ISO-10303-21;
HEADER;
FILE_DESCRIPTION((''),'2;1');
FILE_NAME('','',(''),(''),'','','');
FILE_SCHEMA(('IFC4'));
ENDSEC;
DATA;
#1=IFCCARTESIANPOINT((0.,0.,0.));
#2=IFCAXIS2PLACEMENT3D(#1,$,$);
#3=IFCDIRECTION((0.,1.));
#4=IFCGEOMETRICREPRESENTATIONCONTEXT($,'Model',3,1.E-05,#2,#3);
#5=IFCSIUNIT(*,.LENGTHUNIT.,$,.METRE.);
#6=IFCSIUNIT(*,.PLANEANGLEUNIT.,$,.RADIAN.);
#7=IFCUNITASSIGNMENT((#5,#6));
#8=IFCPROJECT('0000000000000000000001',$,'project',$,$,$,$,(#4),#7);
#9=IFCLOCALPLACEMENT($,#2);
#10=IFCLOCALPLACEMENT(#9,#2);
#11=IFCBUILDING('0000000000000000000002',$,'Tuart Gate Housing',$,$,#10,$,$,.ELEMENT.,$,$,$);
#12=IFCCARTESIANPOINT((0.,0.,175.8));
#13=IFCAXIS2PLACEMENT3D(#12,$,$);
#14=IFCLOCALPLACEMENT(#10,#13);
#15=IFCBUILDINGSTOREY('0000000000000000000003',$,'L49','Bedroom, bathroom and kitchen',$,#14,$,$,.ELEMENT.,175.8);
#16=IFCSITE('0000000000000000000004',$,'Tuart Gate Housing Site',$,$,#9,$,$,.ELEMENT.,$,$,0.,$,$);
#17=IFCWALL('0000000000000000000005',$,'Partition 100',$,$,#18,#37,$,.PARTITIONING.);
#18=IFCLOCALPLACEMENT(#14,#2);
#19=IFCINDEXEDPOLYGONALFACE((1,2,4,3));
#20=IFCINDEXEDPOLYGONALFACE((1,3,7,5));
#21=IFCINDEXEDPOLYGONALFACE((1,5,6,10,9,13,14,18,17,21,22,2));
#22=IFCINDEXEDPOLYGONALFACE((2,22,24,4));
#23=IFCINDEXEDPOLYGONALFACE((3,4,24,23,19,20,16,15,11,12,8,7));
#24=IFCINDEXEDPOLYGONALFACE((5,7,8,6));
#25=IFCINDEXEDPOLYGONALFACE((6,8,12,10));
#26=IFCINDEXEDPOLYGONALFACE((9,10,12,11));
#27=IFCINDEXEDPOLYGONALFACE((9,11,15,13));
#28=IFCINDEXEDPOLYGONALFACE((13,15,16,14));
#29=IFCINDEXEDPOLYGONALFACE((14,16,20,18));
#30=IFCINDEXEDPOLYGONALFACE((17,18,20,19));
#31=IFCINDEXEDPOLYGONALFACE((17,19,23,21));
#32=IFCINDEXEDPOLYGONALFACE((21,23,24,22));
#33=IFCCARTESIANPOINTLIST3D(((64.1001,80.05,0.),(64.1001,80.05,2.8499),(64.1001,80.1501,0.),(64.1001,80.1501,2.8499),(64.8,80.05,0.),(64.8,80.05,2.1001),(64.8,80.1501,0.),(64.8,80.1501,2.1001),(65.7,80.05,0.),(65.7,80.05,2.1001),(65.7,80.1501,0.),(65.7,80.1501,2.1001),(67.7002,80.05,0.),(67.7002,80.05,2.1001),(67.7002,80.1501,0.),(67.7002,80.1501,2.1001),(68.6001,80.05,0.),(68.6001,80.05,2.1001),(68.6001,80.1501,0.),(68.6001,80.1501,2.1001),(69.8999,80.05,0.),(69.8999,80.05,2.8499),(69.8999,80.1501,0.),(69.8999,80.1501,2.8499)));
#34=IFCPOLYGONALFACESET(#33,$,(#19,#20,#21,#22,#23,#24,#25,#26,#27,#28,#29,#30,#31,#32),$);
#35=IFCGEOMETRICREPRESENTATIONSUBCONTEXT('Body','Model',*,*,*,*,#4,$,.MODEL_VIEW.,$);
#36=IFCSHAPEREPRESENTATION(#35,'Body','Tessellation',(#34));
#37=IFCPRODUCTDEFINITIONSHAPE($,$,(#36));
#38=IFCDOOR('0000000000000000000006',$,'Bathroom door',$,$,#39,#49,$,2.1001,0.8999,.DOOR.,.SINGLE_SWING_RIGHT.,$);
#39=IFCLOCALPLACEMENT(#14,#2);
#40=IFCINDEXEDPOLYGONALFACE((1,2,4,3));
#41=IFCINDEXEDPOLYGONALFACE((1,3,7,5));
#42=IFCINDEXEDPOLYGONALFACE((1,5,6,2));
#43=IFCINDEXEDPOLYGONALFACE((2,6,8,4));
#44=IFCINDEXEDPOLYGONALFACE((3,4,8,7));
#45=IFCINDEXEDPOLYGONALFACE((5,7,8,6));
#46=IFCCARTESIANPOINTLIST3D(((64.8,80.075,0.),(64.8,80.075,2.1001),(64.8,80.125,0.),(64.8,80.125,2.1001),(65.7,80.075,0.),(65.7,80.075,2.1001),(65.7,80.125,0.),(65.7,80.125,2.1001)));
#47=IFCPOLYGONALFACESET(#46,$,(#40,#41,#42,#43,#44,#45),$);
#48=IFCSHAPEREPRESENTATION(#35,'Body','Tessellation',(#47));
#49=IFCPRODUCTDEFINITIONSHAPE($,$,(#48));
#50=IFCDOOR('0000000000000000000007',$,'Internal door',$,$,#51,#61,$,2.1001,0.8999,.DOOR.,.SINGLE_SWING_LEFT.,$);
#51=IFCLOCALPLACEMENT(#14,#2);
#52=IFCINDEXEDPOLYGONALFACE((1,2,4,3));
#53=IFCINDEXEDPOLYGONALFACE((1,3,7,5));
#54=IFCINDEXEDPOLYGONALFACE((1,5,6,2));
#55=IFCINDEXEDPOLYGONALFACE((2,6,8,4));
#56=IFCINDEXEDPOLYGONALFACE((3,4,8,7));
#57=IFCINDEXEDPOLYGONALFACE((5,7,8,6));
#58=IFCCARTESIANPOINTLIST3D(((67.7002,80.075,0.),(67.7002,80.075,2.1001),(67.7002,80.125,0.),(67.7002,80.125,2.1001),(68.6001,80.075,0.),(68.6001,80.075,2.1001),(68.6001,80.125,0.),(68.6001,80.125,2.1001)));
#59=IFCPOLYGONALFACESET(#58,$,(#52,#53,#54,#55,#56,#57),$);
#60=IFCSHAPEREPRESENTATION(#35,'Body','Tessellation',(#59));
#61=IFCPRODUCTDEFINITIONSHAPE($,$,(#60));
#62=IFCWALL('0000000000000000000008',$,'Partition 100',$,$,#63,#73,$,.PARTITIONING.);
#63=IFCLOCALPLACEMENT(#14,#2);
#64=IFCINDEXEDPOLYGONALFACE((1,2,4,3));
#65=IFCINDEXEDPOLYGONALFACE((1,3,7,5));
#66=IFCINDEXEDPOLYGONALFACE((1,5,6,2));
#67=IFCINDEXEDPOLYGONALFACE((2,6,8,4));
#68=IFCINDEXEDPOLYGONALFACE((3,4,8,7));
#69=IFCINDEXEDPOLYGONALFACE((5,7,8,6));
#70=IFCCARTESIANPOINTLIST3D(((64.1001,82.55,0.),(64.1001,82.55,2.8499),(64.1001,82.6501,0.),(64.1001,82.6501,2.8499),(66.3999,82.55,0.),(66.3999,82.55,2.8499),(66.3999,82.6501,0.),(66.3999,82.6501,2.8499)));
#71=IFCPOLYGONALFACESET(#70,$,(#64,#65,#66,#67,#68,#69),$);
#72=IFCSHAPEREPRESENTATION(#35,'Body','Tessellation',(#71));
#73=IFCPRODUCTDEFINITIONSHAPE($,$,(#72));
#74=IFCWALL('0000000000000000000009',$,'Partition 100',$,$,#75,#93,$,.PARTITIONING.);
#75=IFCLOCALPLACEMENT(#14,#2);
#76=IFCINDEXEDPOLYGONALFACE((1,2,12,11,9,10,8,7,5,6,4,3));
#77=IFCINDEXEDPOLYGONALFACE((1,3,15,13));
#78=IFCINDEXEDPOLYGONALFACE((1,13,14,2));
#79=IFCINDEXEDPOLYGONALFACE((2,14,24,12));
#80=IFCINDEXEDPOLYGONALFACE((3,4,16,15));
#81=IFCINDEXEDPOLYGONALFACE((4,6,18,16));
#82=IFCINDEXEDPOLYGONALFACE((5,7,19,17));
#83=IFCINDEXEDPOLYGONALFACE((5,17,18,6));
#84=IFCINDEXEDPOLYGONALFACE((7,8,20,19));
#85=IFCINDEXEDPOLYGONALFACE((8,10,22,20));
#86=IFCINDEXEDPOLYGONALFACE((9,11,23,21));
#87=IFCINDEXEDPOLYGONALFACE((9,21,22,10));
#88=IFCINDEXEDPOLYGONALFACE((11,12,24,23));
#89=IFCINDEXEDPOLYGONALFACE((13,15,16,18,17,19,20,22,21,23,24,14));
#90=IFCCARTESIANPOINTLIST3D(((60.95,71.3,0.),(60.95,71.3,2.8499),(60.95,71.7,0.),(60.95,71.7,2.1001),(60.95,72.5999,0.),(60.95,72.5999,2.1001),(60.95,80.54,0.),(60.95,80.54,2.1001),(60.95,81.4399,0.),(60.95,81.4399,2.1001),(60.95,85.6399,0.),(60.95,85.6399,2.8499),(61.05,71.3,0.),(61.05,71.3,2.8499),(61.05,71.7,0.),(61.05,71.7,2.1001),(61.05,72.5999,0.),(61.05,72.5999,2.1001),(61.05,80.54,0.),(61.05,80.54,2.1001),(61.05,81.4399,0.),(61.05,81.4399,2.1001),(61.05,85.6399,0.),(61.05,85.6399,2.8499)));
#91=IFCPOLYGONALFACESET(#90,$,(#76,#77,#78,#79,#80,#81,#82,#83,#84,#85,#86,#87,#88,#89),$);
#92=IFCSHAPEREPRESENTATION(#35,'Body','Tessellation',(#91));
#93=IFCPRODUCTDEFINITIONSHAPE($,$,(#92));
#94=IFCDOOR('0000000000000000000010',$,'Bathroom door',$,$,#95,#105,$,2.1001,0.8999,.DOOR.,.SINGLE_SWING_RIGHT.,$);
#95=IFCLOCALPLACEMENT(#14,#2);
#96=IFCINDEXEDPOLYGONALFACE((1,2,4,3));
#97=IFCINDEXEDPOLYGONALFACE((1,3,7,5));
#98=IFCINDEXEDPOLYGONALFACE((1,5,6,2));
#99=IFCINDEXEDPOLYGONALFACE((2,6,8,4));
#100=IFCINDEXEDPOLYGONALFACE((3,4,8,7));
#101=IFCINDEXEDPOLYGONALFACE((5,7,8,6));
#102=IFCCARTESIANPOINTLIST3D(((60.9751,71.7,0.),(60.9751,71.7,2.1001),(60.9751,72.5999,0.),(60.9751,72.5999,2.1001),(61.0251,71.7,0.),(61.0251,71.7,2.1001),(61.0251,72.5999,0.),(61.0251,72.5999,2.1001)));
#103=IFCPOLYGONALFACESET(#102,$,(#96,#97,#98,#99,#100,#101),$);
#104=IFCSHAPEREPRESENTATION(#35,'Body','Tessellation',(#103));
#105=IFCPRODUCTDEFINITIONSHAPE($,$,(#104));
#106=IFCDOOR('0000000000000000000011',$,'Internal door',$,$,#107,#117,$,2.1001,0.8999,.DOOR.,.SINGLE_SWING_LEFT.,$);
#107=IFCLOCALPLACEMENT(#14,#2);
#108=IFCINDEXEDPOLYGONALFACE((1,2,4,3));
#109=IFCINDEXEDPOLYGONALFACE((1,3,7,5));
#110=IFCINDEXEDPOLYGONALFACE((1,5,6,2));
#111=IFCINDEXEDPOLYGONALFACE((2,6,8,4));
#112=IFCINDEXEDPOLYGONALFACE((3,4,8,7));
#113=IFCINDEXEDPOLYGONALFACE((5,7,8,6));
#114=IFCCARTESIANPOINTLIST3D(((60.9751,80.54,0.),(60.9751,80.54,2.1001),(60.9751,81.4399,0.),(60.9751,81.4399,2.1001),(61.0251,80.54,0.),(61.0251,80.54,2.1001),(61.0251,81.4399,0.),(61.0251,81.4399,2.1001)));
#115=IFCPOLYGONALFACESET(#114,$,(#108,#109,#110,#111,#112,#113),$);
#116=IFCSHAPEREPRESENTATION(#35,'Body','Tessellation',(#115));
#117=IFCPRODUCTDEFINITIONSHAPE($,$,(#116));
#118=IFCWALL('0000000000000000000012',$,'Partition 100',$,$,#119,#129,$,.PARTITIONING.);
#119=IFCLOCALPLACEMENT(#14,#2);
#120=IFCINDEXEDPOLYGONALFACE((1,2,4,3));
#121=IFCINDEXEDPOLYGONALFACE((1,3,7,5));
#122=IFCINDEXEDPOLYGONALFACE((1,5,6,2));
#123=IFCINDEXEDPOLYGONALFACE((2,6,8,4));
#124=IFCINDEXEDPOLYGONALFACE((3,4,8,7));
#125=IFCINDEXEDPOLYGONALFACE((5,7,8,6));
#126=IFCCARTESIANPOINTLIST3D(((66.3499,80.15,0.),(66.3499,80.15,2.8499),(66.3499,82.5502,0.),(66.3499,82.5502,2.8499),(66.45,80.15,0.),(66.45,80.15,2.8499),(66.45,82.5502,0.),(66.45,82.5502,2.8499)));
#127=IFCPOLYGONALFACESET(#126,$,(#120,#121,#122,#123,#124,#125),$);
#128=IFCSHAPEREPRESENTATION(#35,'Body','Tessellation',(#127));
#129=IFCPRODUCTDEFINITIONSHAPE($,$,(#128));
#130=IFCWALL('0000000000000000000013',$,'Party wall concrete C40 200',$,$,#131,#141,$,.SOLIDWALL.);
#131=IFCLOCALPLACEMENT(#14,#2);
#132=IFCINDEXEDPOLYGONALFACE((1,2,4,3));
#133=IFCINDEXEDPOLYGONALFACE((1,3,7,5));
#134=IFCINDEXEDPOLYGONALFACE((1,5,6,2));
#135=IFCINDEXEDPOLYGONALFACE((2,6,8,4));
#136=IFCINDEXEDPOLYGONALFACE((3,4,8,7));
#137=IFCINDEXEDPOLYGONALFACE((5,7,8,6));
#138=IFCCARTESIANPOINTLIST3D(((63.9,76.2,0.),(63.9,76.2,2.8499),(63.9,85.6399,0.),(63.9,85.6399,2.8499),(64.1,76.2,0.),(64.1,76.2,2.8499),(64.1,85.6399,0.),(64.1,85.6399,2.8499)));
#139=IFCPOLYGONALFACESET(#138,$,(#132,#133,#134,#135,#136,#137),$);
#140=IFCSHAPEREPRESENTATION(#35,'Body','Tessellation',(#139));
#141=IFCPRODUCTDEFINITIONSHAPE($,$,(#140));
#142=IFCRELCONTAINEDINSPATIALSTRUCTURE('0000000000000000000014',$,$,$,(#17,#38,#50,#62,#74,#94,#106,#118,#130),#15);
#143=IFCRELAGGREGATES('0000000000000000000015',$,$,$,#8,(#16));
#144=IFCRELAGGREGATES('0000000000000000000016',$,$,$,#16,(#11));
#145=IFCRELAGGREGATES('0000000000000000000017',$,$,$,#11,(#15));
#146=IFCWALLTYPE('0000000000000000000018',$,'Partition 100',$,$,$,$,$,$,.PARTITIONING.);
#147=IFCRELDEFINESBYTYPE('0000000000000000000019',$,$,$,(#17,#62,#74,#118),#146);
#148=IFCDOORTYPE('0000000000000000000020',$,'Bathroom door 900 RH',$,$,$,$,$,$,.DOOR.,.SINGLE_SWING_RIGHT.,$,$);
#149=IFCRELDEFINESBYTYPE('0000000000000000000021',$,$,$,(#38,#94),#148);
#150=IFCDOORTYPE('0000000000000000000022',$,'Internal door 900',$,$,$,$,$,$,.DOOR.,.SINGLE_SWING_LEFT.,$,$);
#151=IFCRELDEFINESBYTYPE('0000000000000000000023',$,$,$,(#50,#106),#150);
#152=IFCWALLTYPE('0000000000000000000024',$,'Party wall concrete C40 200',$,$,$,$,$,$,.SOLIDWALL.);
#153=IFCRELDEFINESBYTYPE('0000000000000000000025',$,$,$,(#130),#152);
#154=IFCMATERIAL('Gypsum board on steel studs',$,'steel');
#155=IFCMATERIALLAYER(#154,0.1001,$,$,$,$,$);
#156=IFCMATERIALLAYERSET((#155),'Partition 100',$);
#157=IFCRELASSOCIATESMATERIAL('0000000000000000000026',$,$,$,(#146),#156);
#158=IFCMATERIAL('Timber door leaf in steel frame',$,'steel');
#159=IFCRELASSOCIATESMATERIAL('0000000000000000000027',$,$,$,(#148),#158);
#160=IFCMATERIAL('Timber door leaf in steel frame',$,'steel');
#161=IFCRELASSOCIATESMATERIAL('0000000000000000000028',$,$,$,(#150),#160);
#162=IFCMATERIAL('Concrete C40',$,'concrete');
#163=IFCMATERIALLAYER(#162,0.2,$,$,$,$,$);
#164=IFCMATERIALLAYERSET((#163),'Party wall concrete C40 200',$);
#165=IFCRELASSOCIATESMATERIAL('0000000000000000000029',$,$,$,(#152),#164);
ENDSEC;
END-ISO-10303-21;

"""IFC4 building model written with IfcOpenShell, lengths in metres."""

from ifc_helpers import new_model, si_unit, direction, frame, frame_2d, origin, place, context, subcontext, project, spatial, rectangle, extrude, material, layer, layer_set, type_object, element, fill, save


model = new_model("IFC4")

# Units and contexts
model_context = context("Model", 3, precision=1e-05, world=origin(), true_north=direction((0.0, 1.0)))
body_context = subcontext(model_context, "Body", "Model", "MODEL_VIEW")
ifc_project = project(units=[si_unit("LENGTHUNIT", "METRE"), si_unit("PLANEANGLEUNIT", "RADIAN")], contexts=[model_context])

# Site, building, storey
site_placement = place(None, origin())
site = spatial("IfcSite", under=ifc_project, at=site_placement, Name="Tuart Gate Housing Site", CompositionType="ELEMENT", RefElevation=0.0)
building_placement = place(site_placement, origin())
building = spatial("IfcBuilding", under=site, at=building_placement, Name="Tuart Gate Housing", CompositionType="ELEMENT")
storey_placement = place(building_placement, frame((0.0, 0.0, 175.8)))
storey = spatial("IfcBuildingStorey", under=building, at=storey_placement, Name="L49", Description="Bedroom, bathroom and kitchen", CompositionType="ELEMENT", Elevation=175.8)

# Shared definitions
ifc_material_1 = material(Name="Gypsum board on steel studs", Category="steel")
ifc_layer_1 = layer(ifc_material_1, 0.1001)
ifc_layer_set_1 = layer_set([ifc_layer_1], Name="Partition 100")
wall_type_1 = type_object("IfcWallType", Name="Partition 100", PredefinedType="PARTITIONING", material=ifc_layer_set_1)

# Wall, openings, doors
wall_1_placement = place(storey_placement, frame((64.1001, 80.1001, 0.0), z_axis=(0.0, 0.0, 1.0), x_axis=(1.0, 0.0, 0.0)))
wall_1 = element("IfcWall", 1, at=wall_1_placement, inside=storey, type_object=wall_type_1, Name="Partition 100", PredefinedType="PARTITIONING", context=body_context, shape_type="SweptSolid", body=[
    extrude(rectangle(XDim=5.7998, YDim=0.1001, at=frame_2d((2.8999, 0.0))), origin(), (0.0, 0.0, 1.0), 2.8499),
])
opening_1_placement = place(wall_1_placement, frame((3.6001, 0.0, 0.0)))
opening_1 = element("IfcOpeningElement", 2, at=opening_1_placement, cuts=wall_1, PredefinedType="OPENING", context=body_context, shape_type="SweptSolid", body=[
    extrude(rectangle(XDim=0.8999, YDim=2.1001, at=frame_2d((0.45, 1.05))), frame((0.0, 0.0601, 0.0), z_axis=(0.0, -1.0, 0.0), x_axis=(1.0, 0.0, 0.0)), (0.0, 0.0, 1.0), 0.1201),
])
opening_2_placement = place(wall_1_placement, frame((0.7, 0.0, 0.0)))
opening_2 = element("IfcOpeningElement", 3, at=opening_2_placement, cuts=wall_1, PredefinedType="OPENING", context=body_context, shape_type="SweptSolid", body=[
    extrude(rectangle(XDim=0.8999, YDim=2.1001, at=frame_2d((0.45, 1.05))), frame((0.0, 0.0601, 0.0), z_axis=(0.0, -1.0, 0.0), x_axis=(1.0, 0.0, 0.0)), (0.0, 0.0, 1.0), 0.1201),
])
ifc_material_2 = material(Name="Timber door leaf in steel frame", Category="steel")
door_type_1 = type_object("IfcDoorType", Name="Bathroom door 900 RH", OperationType="SINGLE_SWING_RIGHT", PredefinedType="DOOR", material=ifc_material_2)
door_1_placement = place(opening_2_placement, origin())
door_1 = element("IfcDoor", 4, at=door_1_placement, inside=storey, type_object=door_type_1, Name="Bathroom door", OperationType="SINGLE_SWING_RIGHT", OverallHeight=2.1001, OverallWidth=0.8999, PredefinedType="DOOR", context=body_context, shape_type="SweptSolid", body=[
    extrude(rectangle(XDim=0.8999, YDim=2.1001, at=frame_2d((0.45, 1.05))), frame((0.0, 0.0249, 0.0), z_axis=(0.0, -1.0, 0.0), x_axis=(1.0, 0.0, 0.0)), (0.0, 0.0, 1.0), 0.05),
])
fill(opening_2, door_1)
ifc_material_3 = material(Name="Timber door leaf in steel frame", Category="steel")
door_type_2 = type_object("IfcDoorType", Name="Internal door 900", OperationType="SINGLE_SWING_LEFT", PredefinedType="DOOR", material=ifc_material_3)
door_2_placement = place(opening_1_placement, frame((0.8999, 0.0, 0.0), z_axis=(0.0, 0.0, 1.0), x_axis=(-1.0, 0.0, 0.0)))
door_2 = element("IfcDoor", 5, at=door_2_placement, inside=storey, type_object=door_type_2, Name="Internal door", OperationType="SINGLE_SWING_LEFT", OverallHeight=2.1001, OverallWidth=0.8999, PredefinedType="DOOR", context=body_context, shape_type="SweptSolid", body=[
    extrude(rectangle(XDim=0.8999, YDim=2.1001, at=frame_2d((0.45, 1.05))), frame((0.0, 0.0251, 0.0), z_axis=(0.0, -1.0, 0.0), x_axis=(1.0, 0.0, 0.0)), (0.0, 0.0, 1.0), 0.05),
])
fill(opening_1, door_2)

# Wall
wall_2_placement = place(storey_placement, frame((64.1001, 82.6001, 0.0), z_axis=(0.0, 0.0, 1.0), x_axis=(1.0, 0.0, 0.0)))
element("IfcWall", 6, at=wall_2_placement, inside=storey, type_object=wall_type_1, Name="Partition 100", PredefinedType="PARTITIONING", context=body_context, shape_type="SweptSolid", body=[
    extrude(rectangle(XDim=2.2998, YDim=0.1001, at=frame_2d((1.1499, 0.0))), origin(), (0.0, 0.0, 1.0), 2.8499),
])

# Wall, openings, doors
wall_3_placement = place(storey_placement, frame((61.0, 71.3, 0.0), z_axis=(0.0, 0.0, 1.0), x_axis=(0.0, 1.0, 0.0)))
wall_3 = element("IfcWall", 7, at=wall_3_placement, inside=storey, type_object=wall_type_1, Name="Partition 100", PredefinedType="PARTITIONING", context=body_context, shape_type="SweptSolid", body=[
    extrude(rectangle(XDim=14.3398, YDim=0.1001, at=frame_2d((7.1699, 0.0))), origin(), (0.0, 0.0, 1.0), 2.8499),
])
opening_3_placement = place(wall_3_placement, frame((9.24, 0.0, 0.0)))
opening_3 = element("IfcOpeningElement", 8, at=opening_3_placement, cuts=wall_3, PredefinedType="OPENING", context=body_context, shape_type="SweptSolid", body=[
    extrude(rectangle(XDim=0.8999, YDim=2.1001, at=frame_2d((0.45, 1.05))), frame((0.0, 0.0601, 0.0), z_axis=(0.0, -1.0, 0.0), x_axis=(1.0, 0.0, 0.0)), (0.0, 0.0, 1.0), 0.1201),
])
opening_4_placement = place(wall_3_placement, frame((0.3999, 0.0, 0.0)))
opening_4 = element("IfcOpeningElement", 9, at=opening_4_placement, cuts=wall_3, PredefinedType="OPENING", context=body_context, shape_type="SweptSolid", body=[
    extrude(rectangle(XDim=0.8999, YDim=2.1001, at=frame_2d((0.45, 1.05))), frame((0.0, 0.0601, 0.0), z_axis=(0.0, -1.0, 0.0), x_axis=(1.0, 0.0, 0.0)), (0.0, 0.0, 1.0), 0.1201),
])
door_3_placement = place(opening_4_placement, frame((0.8999, 0.0, 0.0), z_axis=(0.0, 0.0, 1.0), x_axis=(-1.0, 0.0, 0.0)))
door_3 = element("IfcDoor", 10, at=door_3_placement, inside=storey, type_object=door_type_1, Name="Bathroom door", OperationType="SINGLE_SWING_RIGHT", OverallHeight=2.1001, OverallWidth=0.8999, PredefinedType="DOOR", context=body_context, shape_type="SweptSolid", body=[
    extrude(rectangle(XDim=0.8999, YDim=2.1001, at=frame_2d((0.45, 1.05))), frame((0.0, 0.0251, 0.0), z_axis=(0.0, -1.0, 0.0), x_axis=(1.0, 0.0, 0.0)), (0.0, 0.0, 1.0), 0.05),
])
fill(opening_4, door_3)
door_4_placement = place(opening_3_placement, frame((0.8999, 0.0, 0.0), z_axis=(0.0, 0.0, 1.0), x_axis=(-1.0, 0.0, 0.0)))
door_4 = element("IfcDoor", 11, at=door_4_placement, inside=storey, type_object=door_type_2, Name="Internal door", OperationType="SINGLE_SWING_LEFT", OverallHeight=2.1001, OverallWidth=0.8999, PredefinedType="DOOR", context=body_context, shape_type="SweptSolid", body=[
    extrude(rectangle(XDim=0.8999, YDim=2.1001, at=frame_2d((0.45, 1.05))), frame((0.0, 0.0251, 0.0), z_axis=(0.0, -1.0, 0.0), x_axis=(1.0, 0.0, 0.0)), (0.0, 0.0, 1.0), 0.05),
])
fill(opening_3, door_4)

# Walls
wall_4_placement = place(storey_placement, frame((66.3999, 80.1499, 0.0), z_axis=(0.0, 0.0, 1.0), x_axis=(0.0, 1.0, 0.0)))
element("IfcWall", 12, at=wall_4_placement, inside=storey, type_object=wall_type_1, Name="Partition 100", PredefinedType="PARTITIONING", context=body_context, shape_type="SweptSolid", body=[
    extrude(rectangle(XDim=2.4001, YDim=0.1001, at=frame_2d((1.2002, 0.0))), origin(), (0.0, 0.0, 1.0), 2.8499),
])
ifc_material_4 = material(Name="Concrete C40", Category="concrete")
ifc_layer_2 = layer(ifc_material_4, 0.2)
ifc_layer_set_2 = layer_set([ifc_layer_2], Name="Party wall concrete C40 200")
wall_type_2 = type_object("IfcWallType", Name="Party wall concrete C40 200", PredefinedType="SOLIDWALL", material=ifc_layer_set_2)
wall_5_placement = place(storey_placement, frame((64.0, 76.2, 0.0), z_axis=(0.0, 0.0, 1.0), x_axis=(0.0, 1.0, 0.0)))
element("IfcWall", 13, at=wall_5_placement, inside=storey, type_object=wall_type_2, Name="Party wall concrete C40 200", PredefinedType="SOLIDWALL", context=body_context, shape_type="SweptSolid", body=[
    extrude(rectangle(XDim=9.4399, YDim=0.2, at=frame_2d((4.72, 0.0))), origin(), (0.0, 0.0, 1.0), 2.8499),
])

save(model, "model.ifc")
